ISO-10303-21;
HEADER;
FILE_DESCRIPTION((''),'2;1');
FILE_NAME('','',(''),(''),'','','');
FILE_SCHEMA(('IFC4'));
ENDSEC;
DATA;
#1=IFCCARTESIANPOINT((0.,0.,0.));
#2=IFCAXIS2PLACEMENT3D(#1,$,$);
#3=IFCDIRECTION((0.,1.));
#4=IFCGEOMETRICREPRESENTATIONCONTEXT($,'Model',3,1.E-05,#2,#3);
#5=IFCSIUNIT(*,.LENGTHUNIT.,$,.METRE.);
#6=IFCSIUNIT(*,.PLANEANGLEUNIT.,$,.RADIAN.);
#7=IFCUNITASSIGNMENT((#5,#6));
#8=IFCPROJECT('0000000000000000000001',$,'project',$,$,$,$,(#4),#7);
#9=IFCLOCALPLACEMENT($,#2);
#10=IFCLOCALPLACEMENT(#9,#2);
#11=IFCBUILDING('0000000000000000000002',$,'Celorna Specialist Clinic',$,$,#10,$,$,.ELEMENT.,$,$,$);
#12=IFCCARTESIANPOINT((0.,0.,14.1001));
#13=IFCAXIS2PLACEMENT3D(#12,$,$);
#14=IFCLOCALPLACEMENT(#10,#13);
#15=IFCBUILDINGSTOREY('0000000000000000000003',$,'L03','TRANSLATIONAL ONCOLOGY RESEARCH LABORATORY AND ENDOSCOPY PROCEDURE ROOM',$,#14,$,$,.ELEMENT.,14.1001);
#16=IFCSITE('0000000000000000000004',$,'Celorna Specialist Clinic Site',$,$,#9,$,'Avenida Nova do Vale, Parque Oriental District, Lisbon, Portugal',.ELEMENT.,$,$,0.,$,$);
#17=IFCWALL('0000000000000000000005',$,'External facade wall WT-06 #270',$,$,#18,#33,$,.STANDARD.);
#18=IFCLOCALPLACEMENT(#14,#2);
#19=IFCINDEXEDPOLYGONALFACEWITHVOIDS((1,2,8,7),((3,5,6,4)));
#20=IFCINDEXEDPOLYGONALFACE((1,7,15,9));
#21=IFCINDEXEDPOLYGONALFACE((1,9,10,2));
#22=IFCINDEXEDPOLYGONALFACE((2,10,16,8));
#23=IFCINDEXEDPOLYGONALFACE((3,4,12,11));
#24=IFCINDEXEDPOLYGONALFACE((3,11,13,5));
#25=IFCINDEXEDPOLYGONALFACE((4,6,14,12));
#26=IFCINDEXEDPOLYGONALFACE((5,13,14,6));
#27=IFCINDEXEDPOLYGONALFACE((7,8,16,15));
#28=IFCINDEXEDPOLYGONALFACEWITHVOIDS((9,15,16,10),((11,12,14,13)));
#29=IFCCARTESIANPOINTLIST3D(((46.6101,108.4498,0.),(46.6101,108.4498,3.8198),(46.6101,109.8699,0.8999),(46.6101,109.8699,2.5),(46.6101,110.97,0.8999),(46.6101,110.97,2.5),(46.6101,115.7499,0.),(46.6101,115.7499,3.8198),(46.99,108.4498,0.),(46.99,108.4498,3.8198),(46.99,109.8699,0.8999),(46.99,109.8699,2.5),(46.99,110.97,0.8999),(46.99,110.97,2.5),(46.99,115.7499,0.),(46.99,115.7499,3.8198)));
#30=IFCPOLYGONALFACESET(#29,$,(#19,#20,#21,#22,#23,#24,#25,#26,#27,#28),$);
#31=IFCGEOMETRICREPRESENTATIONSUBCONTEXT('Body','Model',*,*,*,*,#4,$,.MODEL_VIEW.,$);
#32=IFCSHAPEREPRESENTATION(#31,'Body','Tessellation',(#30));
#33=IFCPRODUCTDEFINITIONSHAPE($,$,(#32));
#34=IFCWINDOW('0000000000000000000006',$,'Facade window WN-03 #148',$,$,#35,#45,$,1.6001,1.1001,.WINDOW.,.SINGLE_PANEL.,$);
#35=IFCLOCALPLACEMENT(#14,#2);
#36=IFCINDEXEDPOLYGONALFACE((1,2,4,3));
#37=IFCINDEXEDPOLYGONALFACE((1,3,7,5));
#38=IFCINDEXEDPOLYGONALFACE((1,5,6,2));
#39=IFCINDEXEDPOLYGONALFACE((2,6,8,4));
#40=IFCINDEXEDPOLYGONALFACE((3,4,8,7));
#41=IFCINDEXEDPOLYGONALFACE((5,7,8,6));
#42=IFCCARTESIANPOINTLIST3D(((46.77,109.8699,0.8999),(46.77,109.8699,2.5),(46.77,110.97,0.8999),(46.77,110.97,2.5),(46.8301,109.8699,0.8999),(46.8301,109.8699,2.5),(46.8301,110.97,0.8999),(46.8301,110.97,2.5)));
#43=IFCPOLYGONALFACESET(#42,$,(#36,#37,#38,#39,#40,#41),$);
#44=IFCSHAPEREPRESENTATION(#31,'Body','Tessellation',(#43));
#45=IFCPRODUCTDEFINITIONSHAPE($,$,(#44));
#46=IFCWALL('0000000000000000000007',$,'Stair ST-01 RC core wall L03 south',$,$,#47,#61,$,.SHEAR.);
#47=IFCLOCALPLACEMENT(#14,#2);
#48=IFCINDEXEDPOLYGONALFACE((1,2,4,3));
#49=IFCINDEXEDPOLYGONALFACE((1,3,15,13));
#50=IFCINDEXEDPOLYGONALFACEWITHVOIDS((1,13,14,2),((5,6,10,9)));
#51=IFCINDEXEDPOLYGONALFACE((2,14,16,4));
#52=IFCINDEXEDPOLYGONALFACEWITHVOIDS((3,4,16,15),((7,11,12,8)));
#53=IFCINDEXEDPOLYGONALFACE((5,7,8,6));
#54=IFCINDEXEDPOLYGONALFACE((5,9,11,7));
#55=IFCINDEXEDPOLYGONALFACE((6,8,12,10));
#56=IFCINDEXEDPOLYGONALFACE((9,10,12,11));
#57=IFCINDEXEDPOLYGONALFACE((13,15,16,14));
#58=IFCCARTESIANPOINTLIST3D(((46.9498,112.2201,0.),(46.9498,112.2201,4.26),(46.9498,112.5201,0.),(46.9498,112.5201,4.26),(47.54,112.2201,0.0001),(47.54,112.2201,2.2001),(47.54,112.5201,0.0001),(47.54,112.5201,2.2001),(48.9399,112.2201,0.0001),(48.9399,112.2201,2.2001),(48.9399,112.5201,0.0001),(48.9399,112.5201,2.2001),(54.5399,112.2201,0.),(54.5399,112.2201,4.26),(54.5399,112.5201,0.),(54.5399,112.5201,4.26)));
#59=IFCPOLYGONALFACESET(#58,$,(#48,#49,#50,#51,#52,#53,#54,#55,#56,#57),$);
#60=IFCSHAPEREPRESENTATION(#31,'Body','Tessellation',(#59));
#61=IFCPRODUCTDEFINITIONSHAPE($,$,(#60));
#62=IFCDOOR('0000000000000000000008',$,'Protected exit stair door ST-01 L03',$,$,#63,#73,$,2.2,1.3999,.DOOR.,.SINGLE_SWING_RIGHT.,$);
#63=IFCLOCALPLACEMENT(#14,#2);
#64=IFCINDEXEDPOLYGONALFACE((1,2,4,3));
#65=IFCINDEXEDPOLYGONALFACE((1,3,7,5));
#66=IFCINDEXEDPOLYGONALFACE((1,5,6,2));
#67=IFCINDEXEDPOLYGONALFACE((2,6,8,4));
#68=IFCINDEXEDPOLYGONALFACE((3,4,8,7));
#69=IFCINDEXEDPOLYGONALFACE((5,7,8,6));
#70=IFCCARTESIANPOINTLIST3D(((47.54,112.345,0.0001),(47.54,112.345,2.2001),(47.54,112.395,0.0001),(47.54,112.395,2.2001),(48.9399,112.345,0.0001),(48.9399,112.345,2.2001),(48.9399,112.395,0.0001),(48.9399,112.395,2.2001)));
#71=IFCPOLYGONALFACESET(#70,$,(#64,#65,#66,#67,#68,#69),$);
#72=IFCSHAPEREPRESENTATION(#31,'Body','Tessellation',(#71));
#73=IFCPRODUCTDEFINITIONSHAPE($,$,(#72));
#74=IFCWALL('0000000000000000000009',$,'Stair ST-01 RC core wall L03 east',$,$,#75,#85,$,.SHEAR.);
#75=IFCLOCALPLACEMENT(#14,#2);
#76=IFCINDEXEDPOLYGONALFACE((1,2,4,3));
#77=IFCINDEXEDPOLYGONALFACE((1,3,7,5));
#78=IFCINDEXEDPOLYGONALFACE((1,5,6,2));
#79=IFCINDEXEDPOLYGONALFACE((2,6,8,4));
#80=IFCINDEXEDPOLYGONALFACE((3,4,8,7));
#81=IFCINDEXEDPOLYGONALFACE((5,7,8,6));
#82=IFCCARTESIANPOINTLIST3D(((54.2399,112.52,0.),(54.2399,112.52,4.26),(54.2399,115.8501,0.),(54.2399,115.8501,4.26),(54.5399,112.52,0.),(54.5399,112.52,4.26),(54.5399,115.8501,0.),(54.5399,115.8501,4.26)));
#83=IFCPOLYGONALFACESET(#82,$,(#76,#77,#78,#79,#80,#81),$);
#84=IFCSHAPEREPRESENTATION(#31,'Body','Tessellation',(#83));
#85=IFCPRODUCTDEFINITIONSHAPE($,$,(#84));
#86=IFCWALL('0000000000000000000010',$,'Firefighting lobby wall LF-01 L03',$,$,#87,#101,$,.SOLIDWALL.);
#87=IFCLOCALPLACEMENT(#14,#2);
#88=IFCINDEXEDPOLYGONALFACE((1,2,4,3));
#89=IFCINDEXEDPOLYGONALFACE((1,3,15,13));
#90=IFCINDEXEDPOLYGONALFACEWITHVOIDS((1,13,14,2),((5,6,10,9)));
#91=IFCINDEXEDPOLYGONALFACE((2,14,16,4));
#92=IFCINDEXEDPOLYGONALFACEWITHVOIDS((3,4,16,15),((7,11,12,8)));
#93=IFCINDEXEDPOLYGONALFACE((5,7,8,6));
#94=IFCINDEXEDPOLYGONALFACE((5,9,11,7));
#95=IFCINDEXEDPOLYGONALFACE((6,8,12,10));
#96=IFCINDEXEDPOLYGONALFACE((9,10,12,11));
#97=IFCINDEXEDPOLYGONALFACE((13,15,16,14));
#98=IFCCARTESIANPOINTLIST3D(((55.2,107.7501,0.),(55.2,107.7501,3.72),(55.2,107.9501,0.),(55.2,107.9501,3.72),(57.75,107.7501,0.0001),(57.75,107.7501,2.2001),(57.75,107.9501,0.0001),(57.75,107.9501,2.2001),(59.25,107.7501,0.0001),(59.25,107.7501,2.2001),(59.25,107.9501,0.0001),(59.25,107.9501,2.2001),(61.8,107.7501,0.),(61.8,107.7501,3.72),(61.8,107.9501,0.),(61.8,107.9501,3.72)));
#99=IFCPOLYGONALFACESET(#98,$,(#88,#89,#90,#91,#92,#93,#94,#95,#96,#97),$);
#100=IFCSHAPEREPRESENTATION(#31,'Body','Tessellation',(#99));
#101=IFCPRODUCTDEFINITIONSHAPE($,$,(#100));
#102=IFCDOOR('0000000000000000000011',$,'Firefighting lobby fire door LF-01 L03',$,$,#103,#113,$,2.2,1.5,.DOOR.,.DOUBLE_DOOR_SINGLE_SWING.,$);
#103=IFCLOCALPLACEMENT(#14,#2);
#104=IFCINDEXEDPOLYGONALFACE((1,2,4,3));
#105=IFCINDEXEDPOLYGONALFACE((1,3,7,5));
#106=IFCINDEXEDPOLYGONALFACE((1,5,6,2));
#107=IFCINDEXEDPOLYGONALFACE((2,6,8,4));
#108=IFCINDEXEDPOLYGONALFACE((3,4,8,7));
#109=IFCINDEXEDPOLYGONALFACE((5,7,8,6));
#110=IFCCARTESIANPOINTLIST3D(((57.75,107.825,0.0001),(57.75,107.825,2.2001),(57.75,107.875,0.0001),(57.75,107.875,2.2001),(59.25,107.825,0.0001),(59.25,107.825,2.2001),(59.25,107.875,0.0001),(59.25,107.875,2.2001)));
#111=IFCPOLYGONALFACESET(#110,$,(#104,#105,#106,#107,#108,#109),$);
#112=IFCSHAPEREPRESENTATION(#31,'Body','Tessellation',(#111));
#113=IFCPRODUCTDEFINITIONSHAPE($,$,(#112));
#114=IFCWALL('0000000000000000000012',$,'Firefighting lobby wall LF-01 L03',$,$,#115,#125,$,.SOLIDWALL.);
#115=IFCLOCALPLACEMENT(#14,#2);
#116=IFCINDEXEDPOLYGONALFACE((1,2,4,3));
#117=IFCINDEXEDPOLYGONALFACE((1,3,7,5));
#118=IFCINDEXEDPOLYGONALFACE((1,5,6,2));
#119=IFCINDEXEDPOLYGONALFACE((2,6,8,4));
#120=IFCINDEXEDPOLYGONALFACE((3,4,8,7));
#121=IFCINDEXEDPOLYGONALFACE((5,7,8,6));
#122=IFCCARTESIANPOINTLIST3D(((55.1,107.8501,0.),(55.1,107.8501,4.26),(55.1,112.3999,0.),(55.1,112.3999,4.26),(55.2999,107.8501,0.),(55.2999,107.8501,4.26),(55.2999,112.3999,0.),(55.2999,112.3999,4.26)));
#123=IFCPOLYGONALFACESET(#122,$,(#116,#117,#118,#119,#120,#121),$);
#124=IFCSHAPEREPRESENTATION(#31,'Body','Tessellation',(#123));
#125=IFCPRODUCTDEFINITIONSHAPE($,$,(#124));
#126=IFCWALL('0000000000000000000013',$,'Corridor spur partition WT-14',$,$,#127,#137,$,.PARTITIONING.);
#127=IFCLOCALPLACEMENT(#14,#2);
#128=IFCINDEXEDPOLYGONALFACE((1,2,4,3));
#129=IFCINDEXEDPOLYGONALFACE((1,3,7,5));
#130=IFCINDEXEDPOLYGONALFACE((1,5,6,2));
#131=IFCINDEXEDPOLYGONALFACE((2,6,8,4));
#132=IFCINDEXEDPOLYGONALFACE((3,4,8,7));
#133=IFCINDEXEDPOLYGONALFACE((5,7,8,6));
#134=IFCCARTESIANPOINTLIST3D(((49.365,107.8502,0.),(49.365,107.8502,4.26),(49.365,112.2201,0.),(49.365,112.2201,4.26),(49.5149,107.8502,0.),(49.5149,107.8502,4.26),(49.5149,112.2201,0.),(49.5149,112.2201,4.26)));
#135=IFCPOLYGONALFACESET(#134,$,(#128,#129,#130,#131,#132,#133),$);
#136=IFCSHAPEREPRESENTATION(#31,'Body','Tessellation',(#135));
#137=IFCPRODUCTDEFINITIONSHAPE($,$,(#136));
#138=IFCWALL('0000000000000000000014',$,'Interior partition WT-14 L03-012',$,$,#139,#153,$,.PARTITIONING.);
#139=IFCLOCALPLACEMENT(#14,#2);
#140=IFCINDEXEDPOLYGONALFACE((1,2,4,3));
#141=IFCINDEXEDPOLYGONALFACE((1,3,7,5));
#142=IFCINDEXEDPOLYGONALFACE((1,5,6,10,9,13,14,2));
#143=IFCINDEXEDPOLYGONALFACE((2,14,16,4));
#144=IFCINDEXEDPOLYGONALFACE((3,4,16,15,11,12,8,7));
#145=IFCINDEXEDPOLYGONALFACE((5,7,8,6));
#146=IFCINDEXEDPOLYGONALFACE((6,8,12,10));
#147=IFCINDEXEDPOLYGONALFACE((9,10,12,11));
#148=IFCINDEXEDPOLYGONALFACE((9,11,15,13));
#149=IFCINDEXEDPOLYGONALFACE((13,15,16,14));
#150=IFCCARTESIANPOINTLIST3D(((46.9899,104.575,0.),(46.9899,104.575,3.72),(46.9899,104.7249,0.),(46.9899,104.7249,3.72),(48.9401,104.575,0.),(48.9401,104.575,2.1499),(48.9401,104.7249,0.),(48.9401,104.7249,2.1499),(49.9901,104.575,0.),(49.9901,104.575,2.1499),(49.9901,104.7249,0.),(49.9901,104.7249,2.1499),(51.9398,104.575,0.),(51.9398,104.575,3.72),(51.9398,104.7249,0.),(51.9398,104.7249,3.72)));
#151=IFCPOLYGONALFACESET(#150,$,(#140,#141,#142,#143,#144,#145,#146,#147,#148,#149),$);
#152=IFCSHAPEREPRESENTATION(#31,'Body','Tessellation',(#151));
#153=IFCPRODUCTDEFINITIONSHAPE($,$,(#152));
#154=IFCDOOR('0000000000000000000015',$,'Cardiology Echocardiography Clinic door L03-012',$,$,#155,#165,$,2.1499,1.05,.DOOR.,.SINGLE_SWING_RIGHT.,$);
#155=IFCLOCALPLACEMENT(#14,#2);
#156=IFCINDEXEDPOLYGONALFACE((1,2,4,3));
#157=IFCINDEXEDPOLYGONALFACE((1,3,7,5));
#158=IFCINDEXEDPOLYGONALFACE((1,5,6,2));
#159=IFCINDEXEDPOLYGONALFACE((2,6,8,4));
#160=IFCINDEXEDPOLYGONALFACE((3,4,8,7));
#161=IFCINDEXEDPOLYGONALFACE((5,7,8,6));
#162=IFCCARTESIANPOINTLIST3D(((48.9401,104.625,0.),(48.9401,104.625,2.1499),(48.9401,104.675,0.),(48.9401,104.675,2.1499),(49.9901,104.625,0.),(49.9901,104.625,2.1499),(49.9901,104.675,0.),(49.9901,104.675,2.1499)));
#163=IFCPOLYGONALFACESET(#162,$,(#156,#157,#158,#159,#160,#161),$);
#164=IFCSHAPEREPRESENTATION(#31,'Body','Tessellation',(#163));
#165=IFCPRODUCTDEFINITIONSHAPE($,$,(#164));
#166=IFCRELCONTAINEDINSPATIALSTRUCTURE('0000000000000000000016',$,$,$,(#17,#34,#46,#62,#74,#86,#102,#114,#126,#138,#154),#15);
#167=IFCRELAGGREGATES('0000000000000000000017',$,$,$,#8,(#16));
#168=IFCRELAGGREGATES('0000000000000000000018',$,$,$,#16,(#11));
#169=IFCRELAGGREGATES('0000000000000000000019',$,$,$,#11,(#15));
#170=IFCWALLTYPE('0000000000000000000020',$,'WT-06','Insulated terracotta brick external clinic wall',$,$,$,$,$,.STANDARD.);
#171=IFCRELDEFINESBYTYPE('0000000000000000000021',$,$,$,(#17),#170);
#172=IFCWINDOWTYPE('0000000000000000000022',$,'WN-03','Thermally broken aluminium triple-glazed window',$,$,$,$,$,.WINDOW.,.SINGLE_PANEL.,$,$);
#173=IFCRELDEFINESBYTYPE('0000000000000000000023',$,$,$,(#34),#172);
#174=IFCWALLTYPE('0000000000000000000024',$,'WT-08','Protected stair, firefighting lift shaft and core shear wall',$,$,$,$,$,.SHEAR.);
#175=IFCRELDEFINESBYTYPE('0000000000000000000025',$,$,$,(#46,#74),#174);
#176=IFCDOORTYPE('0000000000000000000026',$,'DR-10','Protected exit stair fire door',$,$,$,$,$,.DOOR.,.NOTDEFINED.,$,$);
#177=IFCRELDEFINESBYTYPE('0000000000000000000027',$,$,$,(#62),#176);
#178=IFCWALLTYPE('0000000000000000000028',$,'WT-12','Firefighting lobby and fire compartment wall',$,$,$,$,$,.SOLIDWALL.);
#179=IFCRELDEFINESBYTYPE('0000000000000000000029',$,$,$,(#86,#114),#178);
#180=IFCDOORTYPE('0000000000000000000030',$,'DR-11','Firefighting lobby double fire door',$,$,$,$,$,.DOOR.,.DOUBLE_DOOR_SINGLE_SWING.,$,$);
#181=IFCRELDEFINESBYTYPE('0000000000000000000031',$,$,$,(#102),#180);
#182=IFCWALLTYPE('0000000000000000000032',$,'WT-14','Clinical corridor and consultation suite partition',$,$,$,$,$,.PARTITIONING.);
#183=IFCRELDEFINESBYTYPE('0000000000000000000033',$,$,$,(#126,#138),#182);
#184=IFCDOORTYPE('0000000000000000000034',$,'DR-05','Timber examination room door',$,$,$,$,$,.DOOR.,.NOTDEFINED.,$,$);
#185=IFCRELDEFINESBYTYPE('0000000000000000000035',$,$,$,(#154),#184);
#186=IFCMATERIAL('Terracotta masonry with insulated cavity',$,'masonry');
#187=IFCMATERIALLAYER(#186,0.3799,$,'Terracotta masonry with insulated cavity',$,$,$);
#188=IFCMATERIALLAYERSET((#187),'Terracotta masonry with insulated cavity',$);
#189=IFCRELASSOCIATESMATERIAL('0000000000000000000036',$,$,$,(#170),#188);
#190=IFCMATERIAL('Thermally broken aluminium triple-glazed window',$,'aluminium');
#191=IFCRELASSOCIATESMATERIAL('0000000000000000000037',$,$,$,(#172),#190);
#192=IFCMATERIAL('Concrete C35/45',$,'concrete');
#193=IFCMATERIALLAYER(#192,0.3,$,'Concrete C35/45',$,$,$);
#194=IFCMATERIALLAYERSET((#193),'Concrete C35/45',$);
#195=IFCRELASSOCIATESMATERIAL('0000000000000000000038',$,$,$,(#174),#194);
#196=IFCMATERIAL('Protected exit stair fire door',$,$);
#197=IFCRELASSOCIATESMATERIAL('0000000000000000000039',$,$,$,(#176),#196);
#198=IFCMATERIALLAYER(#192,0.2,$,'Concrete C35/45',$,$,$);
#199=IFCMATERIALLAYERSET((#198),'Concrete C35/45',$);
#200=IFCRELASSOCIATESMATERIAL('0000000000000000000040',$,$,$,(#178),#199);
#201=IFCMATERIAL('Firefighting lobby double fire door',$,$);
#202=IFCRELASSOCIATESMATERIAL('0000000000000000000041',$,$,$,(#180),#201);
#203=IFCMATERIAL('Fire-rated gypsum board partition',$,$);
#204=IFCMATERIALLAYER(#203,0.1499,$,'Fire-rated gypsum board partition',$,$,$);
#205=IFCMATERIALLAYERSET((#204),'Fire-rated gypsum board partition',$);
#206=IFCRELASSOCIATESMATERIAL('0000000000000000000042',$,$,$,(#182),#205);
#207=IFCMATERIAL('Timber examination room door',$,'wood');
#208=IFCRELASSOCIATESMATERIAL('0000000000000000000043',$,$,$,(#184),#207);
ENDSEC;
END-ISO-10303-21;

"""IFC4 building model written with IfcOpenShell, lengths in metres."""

from ifc_helpers import new_model, si_unit, direction, frame, frame_2d, origin, place, context, subcontext, project, spatial, rectangle, extrude, material, layer, layer_set, type_object, element, fill, save


model = new_model("IFC4")

# Units and contexts
model_context = context("Model", 3, precision=1e-05, world=origin(), true_north=direction((0.0, 1.0)))
body_context = subcontext(model_context, "Body", "Model", "MODEL_VIEW")
ifc_project = project(units=[si_unit("LENGTHUNIT", "METRE"), si_unit("PLANEANGLEUNIT", "RADIAN")], contexts=[model_context])

# Site, building, storey
site_placement = place(None, origin())
site = spatial("IfcSite", under=ifc_project, at=site_placement, Name="Celorna Specialist Clinic Site", LongName="Avenida Nova do Vale, Parque Oriental District, Lisbon, Portugal", CompositionType="ELEMENT", RefElevation=0.0)
building_placement = place(site_placement, origin())
building = spatial("IfcBuilding", under=site, at=building_placement, Name="Celorna Specialist Clinic", CompositionType="ELEMENT")
storey_placement = place(building_placement, frame((0.0, 0.0, 14.1001)))
storey = spatial("IfcBuildingStorey", under=building, at=storey_placement, Name="L03", Description="TRANSLATIONAL ONCOLOGY RESEARCH LABORATORY AND ENDOSCOPY PROCEDURE ROOM", CompositionType="ELEMENT", Elevation=14.1001)

# Shared definitions
ifc_material_1 = material(Name="Concrete C35/45", Category="concrete")

# Wall, opening, window
ifc_material_2 = material(Name="Terracotta masonry with insulated cavity", Category="masonry")
ifc_layer_1 = layer(ifc_material_2, 0.3799, Name="Terracotta masonry with insulated cavity")
ifc_layer_set_1 = layer_set([ifc_layer_1], Name="Terracotta masonry with insulated cavity")
wall_type_1 = type_object("IfcWallType", Name="WT-06", Description="Insulated terracotta brick external clinic wall", PredefinedType="STANDARD", material=ifc_layer_set_1)
wall_1_placement = place(storey_placement, frame((46.8, 108.45, 0.0), z_axis=(0.0, 0.0, 1.0), x_axis=(0.0, 1.0, 0.0)))
wall_1 = element("IfcWall", 1, at=wall_1_placement, inside=storey, type_object=wall_type_1, Name="External facade wall WT-06 #270", PredefinedType="STANDARD", context=body_context, shape_type="SweptSolid", body=[
    extrude(rectangle(XDim=7.3, YDim=0.3799, at=frame_2d((3.6499, 0.0))), origin(), (0.0, 0.0, 1.0), 3.8198),
])
opening_1_placement = place(wall_1_placement, frame((1.4199, 0.0, 0.8999)))
opening_1 = element("IfcOpeningElement", 2, at=opening_1_placement, cuts=wall_1, PredefinedType="OPENING", context=body_context, shape_type="SweptSolid", body=[
    extrude(rectangle(XDim=1.1001, YDim=1.6001, at=frame_2d((0.55, 0.8))), frame((0.0, 0.2, 0.0), z_axis=(0.0, -1.0, 0.0), x_axis=(1.0, 0.0, 0.0)), (0.0, 0.0, 1.0), 0.3999),
])
ifc_material_3 = material(Name="Thermally broken aluminium triple-glazed window", Category="aluminium")
window_type = type_object("IfcWindowType", Name="WN-03", Description="Thermally broken aluminium triple-glazed window", PartitioningType="SINGLE_PANEL", PredefinedType="WINDOW", material=ifc_material_3)
window_placement = place(opening_1_placement, origin())
window = element("IfcWindow", 3, at=window_placement, inside=storey, type_object=window_type, Name="Facade window WN-03 #148", OverallHeight=1.6001, OverallWidth=1.1001, PartitioningType="SINGLE_PANEL", PredefinedType="WINDOW", context=body_context, shape_type="SweptSolid", body=[
    extrude(rectangle(XDim=1.1001, YDim=1.6001, at=frame_2d((0.55, 0.8))), frame((0.0, 0.03, 0.0), z_axis=(0.0, -1.0, 0.0), x_axis=(1.0, 0.0, 0.0)), (0.0, 0.0, 1.0), 0.0601),
])
fill(opening_1, window)

# Wall, opening, door
ifc_layer_2 = layer(ifc_material_1, 0.3, Name="Concrete C35/45")
ifc_layer_set_2 = layer_set([ifc_layer_2], Name="Concrete C35/45")
wall_type_2 = type_object("IfcWallType", Name="WT-08", Description="Protected stair, firefighting lift shaft and core shear wall", PredefinedType="SHEAR", material=ifc_layer_set_2)
wall_2_placement = place(storey_placement, frame((46.95, 112.3701, 0.0), z_axis=(0.0, 0.0, 1.0), x_axis=(1.0, 0.0, 0.0)))
wall_2 = element("IfcWall", 4, at=wall_2_placement, inside=storey, type_object=wall_type_2, Name="Stair ST-01 RC core wall L03 south", PredefinedType="SHEAR", context=body_context, shape_type="SweptSolid", body=[
    extrude(rectangle(XDim=7.5901, YDim=0.3, at=frame_2d((3.7949, 0.0))), origin(), (0.0, 0.0, 1.0), 4.26),
])
opening_2_placement = place(wall_2_placement, frame((0.5901, 0.0, 0.0)))
opening_2 = element("IfcOpeningElement", 5, at=opening_2_placement, cuts=wall_2, PredefinedType="OPENING", context=body_context, shape_type="SweptSolid", body=[
    extrude(rectangle(XDim=1.3999, YDim=2.2, at=frame_2d((0.7, 1.1001))), frame((0.0, 0.1599, 0.0), z_axis=(0.0, -1.0, 0.0), x_axis=(1.0, 0.0, 0.0)), (0.0, 0.0, 1.0), 0.3201),
])
ifc_material_4 = material(Name="Protected exit stair fire door")
door_type_1 = type_object("IfcDoorType", Name="DR-10", Description="Protected exit stair fire door", OperationType="NOTDEFINED", PredefinedType="DOOR", material=ifc_material_4)
door_1_placement = place(opening_2_placement, origin())
door_1 = element("IfcDoor", 6, at=door_1_placement, inside=storey, type_object=door_type_1, Name="Protected exit stair door ST-01 L03", OperationType="SINGLE_SWING_RIGHT", OverallHeight=2.2, OverallWidth=1.3999, PredefinedType="DOOR", context=body_context, shape_type="SweptSolid", body=[
    extrude(rectangle(XDim=1.3999, YDim=2.2, at=frame_2d((0.7, 1.1001))), frame((0.0, 0.0249, 0.0), z_axis=(0.0, -1.0, 0.0), x_axis=(1.0, 0.0, 0.0)), (0.0, 0.0, 1.0), 0.05),
])
fill(opening_2, door_1)

# Wall
wall_3_placement = place(storey_placement, frame((54.3899, 112.52, 0.0), z_axis=(0.0, 0.0, 1.0), x_axis=(0.0, 1.0, 0.0)))
element("IfcWall", 7, at=wall_3_placement, inside=storey, type_object=wall_type_2, Name="Stair ST-01 RC core wall L03 east", PredefinedType="SHEAR", context=body_context, shape_type="SweptSolid", body=[
    extrude(rectangle(XDim=3.3301, YDim=0.3, at=frame_2d((1.665, 0.0))), origin(), (0.0, 0.0, 1.0), 4.26),
])

# Wall, opening, door
ifc_layer_3 = layer(ifc_material_1, 0.2, Name="Concrete C35/45")
ifc_layer_set_3 = layer_set([ifc_layer_3], Name="Concrete C35/45")
wall_type_3 = type_object("IfcWallType", Name="WT-12", Description="Firefighting lobby and fire compartment wall", PredefinedType="SOLIDWALL", material=ifc_layer_set_3)
wall_4_placement = place(storey_placement, frame((55.2, 107.8501, 0.0), z_axis=(0.0, 0.0, 1.0), x_axis=(1.0, 0.0, 0.0)))
wall_4 = element("IfcWall", 8, at=wall_4_placement, inside=storey, type_object=wall_type_3, Name="Firefighting lobby wall LF-01 L03", PredefinedType="SOLIDWALL", context=body_context, shape_type="SweptSolid", body=[
    extrude(rectangle(XDim=6.6001, YDim=0.2, at=frame_2d((3.3, 0.0))), origin(), (0.0, 0.0, 1.0), 3.72),
])
opening_3_placement = place(wall_4_placement, frame((2.55, 0.0, 0.0)))
opening_3 = element("IfcOpeningElement", 9, at=opening_3_placement, cuts=wall_4, PredefinedType="OPENING", context=body_context, shape_type="SweptSolid", body=[
    extrude(rectangle(XDim=1.5, YDim=2.2, at=frame_2d((0.75, 1.1001))), frame((0.0, 0.1099, 0.0), z_axis=(0.0, -1.0, 0.0), x_axis=(1.0, 0.0, 0.0)), (0.0, 0.0, 1.0), 0.22),
])
ifc_material_5 = material(Name="Firefighting lobby double fire door")
door_type_2 = type_object("IfcDoorType", Name="DR-11", Description="Firefighting lobby double fire door", OperationType="DOUBLE_DOOR_SINGLE_SWING", PredefinedType="DOOR", material=ifc_material_5)
door_2_placement = place(opening_3_placement, origin())
door_2 = element("IfcDoor", 10, at=door_2_placement, inside=storey, type_object=door_type_2, Name="Firefighting lobby fire door LF-01 L03", OperationType="DOUBLE_DOOR_SINGLE_SWING", OverallHeight=2.2, OverallWidth=1.5, PredefinedType="DOOR", context=body_context, shape_type="SweptSolid", body=[
    extrude(rectangle(XDim=1.5, YDim=2.2, at=frame_2d((0.75, 1.1001))), frame((0.0, 0.0249, 0.0), z_axis=(0.0, -1.0, 0.0), x_axis=(1.0, 0.0, 0.0)), (0.0, 0.0, 1.0), 0.05),
])
fill(opening_3, door_2)

# Walls
wall_5_placement = place(storey_placement, frame((55.2, 112.3999, 0.0), z_axis=(0.0, 0.0, 1.0), x_axis=(0.0, -1.0, 0.0)))
element("IfcWall", 11, at=wall_5_placement, inside=storey, type_object=wall_type_3, Name="Firefighting lobby wall LF-01 L03", PredefinedType="SOLIDWALL", context=body_context, shape_type="SweptSolid", body=[
    extrude(rectangle(XDim=4.5498, YDim=0.2, at=frame_2d((2.2749, 0.0))), origin(), (0.0, 0.0, 1.0), 4.26),
])
ifc_material_6 = material(Name="Fire-rated gypsum board partition")
ifc_layer_4 = layer(ifc_material_6, 0.1499, Name="Fire-rated gypsum board partition")
ifc_layer_set_4 = layer_set([ifc_layer_4], Name="Fire-rated gypsum board partition")
wall_type_4 = type_object("IfcWallType", Name="WT-14", Description="Clinical corridor and consultation suite partition", PredefinedType="PARTITIONING", material=ifc_layer_set_4)
wall_6_placement = place(storey_placement, frame((49.4399, 107.8501, 0.0), z_axis=(0.0, 0.0, 1.0), x_axis=(0.0, 1.0, 0.0)))
element("IfcWall", 12, at=wall_6_placement, inside=storey, type_object=wall_type_4, Name="Corridor spur partition WT-14", PredefinedType="PARTITIONING", context=body_context, shape_type="SweptSolid", body=[
    extrude(rectangle(XDim=4.3699, YDim=0.1499, at=frame_2d((2.1851, 0.0))), origin(), (0.0, 0.0, 1.0), 4.26),
])

# Wall, opening, door
wall_7_placement = place(storey_placement, frame((51.9399, 104.6499, 0.0), z_axis=(0.0, 0.0, 1.0), x_axis=(-1.0, 0.0, 0.0)))
wall_7 = element("IfcWall", 13, at=wall_7_placement, inside=storey, type_object=wall_type_4, Name="Interior partition WT-14 L03-012", PredefinedType="PARTITIONING", context=body_context, shape_type="SweptSolid", body=[
    extrude(rectangle(XDim=4.95, YDim=0.1499, at=frame_2d((2.4751, 0.0))), origin(), (0.0, 0.0, 1.0), 3.72),
])
opening_4_placement = place(wall_7_placement, frame((1.95, 0.0, 0.0)))
opening_4 = element("IfcOpeningElement", 14, at=opening_4_placement, cuts=wall_7, PredefinedType="OPENING", context=body_context, shape_type="SweptSolid", body=[
    extrude(rectangle(XDim=1.05, YDim=2.1499, at=frame_2d((0.5249, 1.075))), frame((0.0, 0.085, 0.0), z_axis=(0.0, -1.0, 0.0), x_axis=(1.0, 0.0, 0.0)), (0.0, 0.0, 1.0), 0.1699),
])
ifc_material_7 = material(Name="Timber examination room door", Category="wood")
door_type_3 = type_object("IfcDoorType", Name="DR-05", Description="Timber examination room door", OperationType="NOTDEFINED", PredefinedType="DOOR", material=ifc_material_7)
door_3_placement = place(opening_4_placement, origin())
door_3 = element("IfcDoor", 15, at=door_3_placement, inside=storey, type_object=door_type_3, Name="Cardiology Echocardiography Clinic door L03-012", OperationType="SINGLE_SWING_RIGHT", OverallHeight=2.1499, OverallWidth=1.05, PredefinedType="DOOR", context=body_context, shape_type="SweptSolid", body=[
    extrude(rectangle(XDim=1.05, YDim=2.1499, at=frame_2d((0.5249, 1.075))), frame((0.0, 0.0249, 0.0), z_axis=(0.0, -1.0, 0.0), x_axis=(1.0, 0.0, 0.0)), (0.0, 0.0, 1.0), 0.05),
])
fill(opening_4, door_3)

save(model, "model.ifc")
